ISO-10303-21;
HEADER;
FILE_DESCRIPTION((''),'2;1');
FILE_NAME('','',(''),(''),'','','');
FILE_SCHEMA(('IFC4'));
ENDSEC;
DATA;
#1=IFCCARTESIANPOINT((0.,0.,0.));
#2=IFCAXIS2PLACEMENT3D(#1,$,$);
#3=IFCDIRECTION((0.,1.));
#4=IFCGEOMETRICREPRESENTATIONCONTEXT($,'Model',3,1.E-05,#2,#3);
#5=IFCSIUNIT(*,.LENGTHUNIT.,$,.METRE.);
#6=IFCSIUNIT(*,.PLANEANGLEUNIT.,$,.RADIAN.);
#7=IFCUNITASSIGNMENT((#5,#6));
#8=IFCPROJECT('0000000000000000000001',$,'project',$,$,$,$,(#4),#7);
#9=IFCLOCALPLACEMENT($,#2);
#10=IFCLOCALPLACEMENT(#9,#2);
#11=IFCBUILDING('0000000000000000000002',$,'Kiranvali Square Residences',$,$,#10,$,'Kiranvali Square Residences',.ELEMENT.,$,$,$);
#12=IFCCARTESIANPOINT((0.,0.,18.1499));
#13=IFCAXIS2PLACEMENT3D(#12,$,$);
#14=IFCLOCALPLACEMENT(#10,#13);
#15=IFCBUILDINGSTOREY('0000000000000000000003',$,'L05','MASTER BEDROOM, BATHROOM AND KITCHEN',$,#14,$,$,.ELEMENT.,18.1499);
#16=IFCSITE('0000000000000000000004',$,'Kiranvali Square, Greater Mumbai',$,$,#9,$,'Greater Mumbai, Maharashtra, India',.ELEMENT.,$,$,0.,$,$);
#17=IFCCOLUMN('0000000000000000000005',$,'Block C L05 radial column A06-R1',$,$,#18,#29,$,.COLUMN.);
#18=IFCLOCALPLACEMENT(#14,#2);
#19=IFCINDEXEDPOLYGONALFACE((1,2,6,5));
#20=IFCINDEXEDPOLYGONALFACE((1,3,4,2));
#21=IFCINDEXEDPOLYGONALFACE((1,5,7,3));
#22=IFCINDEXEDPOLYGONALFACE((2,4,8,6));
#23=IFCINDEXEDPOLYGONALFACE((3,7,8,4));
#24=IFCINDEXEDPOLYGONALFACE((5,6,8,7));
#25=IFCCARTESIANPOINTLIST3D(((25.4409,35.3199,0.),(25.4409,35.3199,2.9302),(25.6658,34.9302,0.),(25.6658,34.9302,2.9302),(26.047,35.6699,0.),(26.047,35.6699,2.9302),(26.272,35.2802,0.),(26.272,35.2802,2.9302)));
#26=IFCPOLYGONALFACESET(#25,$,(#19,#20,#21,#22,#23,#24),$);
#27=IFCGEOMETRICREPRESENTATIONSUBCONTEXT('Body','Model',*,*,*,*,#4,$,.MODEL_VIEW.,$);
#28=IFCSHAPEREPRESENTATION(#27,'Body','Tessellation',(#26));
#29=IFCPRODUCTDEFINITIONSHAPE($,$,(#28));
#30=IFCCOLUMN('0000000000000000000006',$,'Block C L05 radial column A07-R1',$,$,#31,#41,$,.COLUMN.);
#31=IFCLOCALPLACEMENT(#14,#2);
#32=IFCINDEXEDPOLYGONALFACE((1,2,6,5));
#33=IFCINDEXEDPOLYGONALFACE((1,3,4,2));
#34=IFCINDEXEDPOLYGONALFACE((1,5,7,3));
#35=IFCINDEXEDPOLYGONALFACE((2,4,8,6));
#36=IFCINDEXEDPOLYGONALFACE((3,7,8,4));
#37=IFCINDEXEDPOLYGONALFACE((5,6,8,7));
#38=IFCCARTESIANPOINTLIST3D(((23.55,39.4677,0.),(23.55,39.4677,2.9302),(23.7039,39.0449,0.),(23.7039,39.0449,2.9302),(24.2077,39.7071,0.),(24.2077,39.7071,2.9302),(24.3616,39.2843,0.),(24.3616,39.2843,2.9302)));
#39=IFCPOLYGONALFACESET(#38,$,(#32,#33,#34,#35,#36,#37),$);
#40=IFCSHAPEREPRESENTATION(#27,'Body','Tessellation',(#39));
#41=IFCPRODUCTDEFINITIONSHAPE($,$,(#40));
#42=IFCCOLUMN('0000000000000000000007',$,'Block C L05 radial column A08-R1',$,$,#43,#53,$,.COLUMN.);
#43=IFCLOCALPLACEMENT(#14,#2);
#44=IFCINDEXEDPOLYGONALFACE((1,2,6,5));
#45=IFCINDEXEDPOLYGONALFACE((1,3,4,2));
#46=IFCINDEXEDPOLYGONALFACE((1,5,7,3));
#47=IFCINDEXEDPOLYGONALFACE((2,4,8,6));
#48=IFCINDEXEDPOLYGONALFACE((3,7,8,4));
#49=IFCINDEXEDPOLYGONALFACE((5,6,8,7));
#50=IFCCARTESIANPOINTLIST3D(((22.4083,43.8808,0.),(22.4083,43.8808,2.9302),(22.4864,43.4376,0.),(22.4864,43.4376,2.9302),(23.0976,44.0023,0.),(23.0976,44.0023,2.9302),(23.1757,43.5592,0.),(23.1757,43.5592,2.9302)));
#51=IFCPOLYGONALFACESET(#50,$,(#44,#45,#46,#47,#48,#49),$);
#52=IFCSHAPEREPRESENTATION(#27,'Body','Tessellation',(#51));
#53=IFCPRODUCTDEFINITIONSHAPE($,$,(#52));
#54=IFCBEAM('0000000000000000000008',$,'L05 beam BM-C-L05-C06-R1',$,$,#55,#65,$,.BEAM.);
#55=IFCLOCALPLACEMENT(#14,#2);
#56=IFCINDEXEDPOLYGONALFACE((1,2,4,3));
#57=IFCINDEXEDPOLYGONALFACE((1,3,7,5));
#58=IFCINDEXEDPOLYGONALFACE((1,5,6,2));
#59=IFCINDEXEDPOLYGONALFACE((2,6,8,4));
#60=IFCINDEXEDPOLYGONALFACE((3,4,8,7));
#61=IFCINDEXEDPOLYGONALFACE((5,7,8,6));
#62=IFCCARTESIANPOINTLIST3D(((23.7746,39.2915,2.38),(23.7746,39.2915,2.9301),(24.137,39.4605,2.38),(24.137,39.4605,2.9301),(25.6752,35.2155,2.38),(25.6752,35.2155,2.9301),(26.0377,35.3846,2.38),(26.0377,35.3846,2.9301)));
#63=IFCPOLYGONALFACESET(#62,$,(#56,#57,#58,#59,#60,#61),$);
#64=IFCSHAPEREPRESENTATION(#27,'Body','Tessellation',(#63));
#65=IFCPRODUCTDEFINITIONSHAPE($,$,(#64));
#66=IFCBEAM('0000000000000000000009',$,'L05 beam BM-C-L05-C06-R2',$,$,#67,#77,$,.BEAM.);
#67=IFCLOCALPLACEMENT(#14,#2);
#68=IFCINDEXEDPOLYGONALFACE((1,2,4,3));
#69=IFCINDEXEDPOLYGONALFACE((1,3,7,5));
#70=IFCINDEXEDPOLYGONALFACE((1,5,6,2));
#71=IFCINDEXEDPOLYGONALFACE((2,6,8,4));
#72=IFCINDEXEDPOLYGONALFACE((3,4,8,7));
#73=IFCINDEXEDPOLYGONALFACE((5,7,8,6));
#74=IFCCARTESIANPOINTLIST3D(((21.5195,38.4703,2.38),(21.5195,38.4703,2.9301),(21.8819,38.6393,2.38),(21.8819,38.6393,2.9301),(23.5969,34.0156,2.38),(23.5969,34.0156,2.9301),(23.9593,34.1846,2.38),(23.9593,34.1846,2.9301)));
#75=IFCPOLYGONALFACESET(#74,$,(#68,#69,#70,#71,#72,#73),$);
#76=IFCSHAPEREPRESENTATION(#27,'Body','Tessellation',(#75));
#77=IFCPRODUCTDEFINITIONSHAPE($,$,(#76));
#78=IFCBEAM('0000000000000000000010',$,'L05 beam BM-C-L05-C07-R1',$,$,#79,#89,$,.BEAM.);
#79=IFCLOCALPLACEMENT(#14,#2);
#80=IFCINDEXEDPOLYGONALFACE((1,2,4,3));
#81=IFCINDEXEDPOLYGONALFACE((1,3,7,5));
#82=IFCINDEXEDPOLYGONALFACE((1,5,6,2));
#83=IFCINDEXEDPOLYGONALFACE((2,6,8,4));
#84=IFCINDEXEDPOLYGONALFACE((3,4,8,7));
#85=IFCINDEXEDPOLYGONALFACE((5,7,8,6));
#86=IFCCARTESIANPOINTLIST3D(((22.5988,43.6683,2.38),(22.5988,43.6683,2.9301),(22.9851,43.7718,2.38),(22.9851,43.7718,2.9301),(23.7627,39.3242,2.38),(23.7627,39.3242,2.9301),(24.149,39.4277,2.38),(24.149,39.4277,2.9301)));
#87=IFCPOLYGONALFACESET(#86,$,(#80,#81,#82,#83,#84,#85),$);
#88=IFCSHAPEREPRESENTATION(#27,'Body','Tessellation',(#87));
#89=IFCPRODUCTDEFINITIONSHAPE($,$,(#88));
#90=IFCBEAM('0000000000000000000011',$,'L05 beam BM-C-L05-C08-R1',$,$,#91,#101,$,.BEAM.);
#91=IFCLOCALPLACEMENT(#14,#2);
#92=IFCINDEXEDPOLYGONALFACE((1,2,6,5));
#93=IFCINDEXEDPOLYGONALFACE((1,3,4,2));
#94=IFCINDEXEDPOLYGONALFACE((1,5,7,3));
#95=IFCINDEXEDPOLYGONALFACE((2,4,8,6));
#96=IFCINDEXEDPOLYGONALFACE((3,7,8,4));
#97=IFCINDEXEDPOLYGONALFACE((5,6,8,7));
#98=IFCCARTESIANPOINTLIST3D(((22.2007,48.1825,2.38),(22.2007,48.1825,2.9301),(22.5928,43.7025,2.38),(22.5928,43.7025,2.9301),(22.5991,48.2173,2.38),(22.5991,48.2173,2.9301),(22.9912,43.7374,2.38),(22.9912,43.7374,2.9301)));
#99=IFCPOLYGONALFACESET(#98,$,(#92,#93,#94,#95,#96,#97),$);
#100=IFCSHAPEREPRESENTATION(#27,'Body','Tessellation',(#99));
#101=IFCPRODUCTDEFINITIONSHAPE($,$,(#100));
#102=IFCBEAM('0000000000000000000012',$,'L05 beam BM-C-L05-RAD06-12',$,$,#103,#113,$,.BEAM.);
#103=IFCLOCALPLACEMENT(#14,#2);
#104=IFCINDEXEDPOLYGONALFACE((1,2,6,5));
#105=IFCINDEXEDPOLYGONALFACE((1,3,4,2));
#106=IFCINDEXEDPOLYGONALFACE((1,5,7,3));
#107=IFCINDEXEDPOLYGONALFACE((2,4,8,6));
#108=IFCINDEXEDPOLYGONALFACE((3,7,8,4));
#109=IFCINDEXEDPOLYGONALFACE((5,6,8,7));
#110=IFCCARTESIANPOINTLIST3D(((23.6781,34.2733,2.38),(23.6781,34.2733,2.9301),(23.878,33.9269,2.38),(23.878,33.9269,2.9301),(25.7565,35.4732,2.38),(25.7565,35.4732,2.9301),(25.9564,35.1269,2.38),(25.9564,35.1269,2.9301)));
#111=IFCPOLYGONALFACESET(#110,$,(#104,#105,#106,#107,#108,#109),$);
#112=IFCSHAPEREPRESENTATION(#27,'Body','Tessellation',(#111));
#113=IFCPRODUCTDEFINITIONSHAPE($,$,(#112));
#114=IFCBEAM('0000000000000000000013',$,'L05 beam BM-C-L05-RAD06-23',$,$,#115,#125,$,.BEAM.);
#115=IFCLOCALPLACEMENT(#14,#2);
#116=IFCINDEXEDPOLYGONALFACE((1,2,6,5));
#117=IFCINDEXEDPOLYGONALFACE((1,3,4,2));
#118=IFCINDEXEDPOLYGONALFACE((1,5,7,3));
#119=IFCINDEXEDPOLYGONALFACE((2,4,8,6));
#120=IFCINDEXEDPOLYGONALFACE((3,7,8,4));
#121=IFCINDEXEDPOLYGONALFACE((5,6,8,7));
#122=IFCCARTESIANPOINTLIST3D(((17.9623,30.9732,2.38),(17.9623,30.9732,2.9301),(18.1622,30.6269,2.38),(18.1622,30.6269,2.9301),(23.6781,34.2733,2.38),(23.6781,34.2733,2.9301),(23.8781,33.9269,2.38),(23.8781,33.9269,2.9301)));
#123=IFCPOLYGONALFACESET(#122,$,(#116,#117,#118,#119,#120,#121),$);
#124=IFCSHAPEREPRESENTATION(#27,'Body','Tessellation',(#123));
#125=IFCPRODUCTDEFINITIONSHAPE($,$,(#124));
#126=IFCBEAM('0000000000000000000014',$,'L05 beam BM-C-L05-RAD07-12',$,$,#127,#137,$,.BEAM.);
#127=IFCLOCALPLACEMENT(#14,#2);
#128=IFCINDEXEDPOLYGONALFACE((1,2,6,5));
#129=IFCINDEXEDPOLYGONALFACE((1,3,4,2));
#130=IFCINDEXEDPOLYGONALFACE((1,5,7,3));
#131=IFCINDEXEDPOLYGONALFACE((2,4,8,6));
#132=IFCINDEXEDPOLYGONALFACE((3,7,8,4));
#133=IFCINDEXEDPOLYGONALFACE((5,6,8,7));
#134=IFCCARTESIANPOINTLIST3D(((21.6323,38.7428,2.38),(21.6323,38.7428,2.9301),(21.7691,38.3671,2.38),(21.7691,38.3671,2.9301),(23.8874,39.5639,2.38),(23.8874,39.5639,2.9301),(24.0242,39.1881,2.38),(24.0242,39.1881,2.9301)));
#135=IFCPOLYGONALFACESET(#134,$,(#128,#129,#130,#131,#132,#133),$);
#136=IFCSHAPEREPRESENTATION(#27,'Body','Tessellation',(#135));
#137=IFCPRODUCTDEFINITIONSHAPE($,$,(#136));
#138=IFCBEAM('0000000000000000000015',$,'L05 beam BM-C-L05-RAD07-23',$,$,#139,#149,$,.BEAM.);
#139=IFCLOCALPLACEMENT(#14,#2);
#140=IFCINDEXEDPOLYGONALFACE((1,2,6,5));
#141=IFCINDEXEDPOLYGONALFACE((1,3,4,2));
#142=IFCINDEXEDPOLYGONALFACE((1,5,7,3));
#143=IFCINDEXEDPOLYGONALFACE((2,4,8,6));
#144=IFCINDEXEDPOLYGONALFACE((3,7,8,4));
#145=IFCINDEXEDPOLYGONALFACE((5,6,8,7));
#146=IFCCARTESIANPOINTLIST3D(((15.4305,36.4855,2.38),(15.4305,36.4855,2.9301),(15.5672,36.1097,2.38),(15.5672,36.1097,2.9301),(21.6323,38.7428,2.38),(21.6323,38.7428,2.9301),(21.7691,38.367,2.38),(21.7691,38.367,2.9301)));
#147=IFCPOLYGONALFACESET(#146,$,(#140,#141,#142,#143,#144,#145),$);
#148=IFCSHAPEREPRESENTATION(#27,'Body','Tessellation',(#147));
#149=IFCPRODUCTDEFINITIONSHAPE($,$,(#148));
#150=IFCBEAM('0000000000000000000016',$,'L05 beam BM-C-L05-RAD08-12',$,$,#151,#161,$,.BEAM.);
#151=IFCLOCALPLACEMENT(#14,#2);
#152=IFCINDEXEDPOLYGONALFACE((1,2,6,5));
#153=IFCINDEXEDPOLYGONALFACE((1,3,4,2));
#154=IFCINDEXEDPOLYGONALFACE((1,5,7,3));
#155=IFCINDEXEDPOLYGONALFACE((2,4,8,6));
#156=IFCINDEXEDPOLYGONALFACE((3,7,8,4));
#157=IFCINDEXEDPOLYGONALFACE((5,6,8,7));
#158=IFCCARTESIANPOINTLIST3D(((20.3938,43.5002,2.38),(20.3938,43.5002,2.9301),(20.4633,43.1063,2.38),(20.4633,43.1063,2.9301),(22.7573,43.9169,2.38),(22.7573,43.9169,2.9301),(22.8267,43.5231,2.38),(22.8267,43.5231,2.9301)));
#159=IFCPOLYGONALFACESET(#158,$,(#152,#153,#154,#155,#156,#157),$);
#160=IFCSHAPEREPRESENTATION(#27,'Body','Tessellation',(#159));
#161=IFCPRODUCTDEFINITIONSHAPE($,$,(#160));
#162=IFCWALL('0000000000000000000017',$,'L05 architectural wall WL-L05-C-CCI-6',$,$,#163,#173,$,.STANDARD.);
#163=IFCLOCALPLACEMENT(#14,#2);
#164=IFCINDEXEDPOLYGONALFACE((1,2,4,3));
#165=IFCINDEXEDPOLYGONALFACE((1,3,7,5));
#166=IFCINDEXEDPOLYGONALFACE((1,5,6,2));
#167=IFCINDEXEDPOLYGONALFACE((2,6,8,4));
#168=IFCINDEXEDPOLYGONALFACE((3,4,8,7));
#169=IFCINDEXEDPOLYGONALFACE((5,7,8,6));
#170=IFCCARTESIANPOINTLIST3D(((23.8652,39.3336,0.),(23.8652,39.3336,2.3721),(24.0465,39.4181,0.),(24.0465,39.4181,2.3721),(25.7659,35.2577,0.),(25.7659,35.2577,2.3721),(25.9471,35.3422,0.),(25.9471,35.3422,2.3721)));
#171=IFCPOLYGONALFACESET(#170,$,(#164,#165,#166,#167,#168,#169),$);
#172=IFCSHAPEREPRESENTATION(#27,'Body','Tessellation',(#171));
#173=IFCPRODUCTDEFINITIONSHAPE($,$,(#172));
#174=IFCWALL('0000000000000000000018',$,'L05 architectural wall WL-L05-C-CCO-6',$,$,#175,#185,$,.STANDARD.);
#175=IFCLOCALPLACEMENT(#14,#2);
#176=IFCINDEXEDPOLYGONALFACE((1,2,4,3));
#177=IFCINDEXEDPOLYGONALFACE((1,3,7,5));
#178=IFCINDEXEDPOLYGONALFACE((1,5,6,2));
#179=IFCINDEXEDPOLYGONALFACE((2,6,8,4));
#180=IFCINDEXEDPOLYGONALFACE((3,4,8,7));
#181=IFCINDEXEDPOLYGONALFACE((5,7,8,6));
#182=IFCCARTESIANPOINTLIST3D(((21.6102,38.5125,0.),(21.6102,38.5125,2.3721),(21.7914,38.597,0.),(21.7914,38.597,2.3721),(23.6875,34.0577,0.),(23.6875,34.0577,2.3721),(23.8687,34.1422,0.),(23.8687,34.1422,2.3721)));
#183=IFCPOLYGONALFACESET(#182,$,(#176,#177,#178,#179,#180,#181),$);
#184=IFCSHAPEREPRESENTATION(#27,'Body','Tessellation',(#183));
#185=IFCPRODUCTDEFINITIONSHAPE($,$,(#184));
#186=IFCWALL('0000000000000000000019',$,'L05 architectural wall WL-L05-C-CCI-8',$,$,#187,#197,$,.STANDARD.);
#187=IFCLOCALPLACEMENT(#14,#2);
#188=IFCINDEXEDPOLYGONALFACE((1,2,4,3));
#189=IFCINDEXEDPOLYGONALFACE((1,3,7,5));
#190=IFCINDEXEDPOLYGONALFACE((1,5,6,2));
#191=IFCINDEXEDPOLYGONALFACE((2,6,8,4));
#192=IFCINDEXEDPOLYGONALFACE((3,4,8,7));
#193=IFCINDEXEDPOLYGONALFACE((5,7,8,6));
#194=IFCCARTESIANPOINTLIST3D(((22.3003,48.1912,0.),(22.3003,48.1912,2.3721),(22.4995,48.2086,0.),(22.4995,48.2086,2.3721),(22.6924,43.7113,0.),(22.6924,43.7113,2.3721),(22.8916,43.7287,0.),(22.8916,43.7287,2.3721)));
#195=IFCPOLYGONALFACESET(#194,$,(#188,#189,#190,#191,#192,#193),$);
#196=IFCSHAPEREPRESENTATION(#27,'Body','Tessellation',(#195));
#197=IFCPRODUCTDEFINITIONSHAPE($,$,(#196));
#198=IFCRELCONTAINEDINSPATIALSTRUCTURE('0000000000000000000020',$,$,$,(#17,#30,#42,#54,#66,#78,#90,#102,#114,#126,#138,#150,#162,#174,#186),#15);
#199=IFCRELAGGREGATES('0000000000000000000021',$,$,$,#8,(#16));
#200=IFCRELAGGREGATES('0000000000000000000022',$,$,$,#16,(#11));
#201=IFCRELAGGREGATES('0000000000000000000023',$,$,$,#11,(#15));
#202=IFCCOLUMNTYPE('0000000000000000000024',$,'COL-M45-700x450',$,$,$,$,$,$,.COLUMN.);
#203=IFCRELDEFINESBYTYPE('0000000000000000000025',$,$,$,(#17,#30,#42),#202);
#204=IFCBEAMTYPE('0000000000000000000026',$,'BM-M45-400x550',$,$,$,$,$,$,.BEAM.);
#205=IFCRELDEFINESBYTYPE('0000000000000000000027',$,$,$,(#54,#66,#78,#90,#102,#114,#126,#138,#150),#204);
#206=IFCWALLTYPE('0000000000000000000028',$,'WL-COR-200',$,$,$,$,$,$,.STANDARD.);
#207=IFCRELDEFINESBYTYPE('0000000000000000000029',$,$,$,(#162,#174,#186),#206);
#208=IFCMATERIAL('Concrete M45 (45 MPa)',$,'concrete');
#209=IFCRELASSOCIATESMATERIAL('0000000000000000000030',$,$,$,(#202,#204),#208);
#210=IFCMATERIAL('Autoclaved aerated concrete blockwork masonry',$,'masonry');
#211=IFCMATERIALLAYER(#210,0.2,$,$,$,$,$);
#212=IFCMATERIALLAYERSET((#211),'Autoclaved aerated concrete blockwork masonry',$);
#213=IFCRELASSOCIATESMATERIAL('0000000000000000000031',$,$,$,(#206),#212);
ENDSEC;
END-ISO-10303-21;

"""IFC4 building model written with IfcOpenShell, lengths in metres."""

from ifc_helpers import new_model, si_unit, direction, frame, frame_2d, origin, origin_2d, place, context, subcontext, project, spatial, rectangle, extrude, material, layer, layer_set, material_profile, profile_set, type_object, element, save


model = new_model("IFC4")

# Units and contexts
model_context = context("Model", 3, precision=1e-05, world=origin(), true_north=direction((0.0, 1.0)))
body_context = subcontext(model_context, "Body", "Model", "MODEL_VIEW")
ifc_project = project(units=[si_unit("LENGTHUNIT", "METRE"), si_unit("PLANEANGLEUNIT", "RADIAN")], contexts=[model_context])

# Site, building, storey
site_placement = place(None, origin())
site = spatial("IfcSite", under=ifc_project, at=site_placement, Name="Kiranvali Square, Greater Mumbai", LongName="Greater Mumbai, Maharashtra, India", CompositionType="ELEMENT", RefElevation=0.0)
building_placement = place(site_placement, origin())
building = spatial("IfcBuilding", under=site, at=building_placement, Name="Kiranvali Square Residences", LongName="Kiranvali Square Residences", CompositionType="ELEMENT")
storey_placement = place(building_placement, frame((0.0, 0.0, 18.1499)))
storey = spatial("IfcBuildingStorey", under=building, at=storey_placement, Name="L05", Description="MASTER BEDROOM, BATHROOM AND KITCHEN", CompositionType="ELEMENT", Elevation=18.1499)

# Columns
ifc_material_1 = material(Name="Concrete M45 (45 MPa)", Category="concrete")
ifc_material_profile_1 = material_profile(ifc_material_1, rectangle(XDim=0.45, YDim=0.7, at=origin_2d()), Name="RC 700x450")
ifc_profile_set_1 = profile_set([ifc_material_profile_1], Name="Concrete M45 (45 MPa)")
column_type = type_object("IfcColumnType", Name="COL-M45-700x450", PredefinedType="COLUMN", material=ifc_profile_set_1)
for number, where, z_axis, x_axis, name in (
    (1, (25.8564, 35.3, 0.0), (0.0, 0.0, 1.0), (-0.5, 0.866025, 0.0), "Block C L05 radial column A06-R1"),
    (2, (23.9558, 39.376, 0.0), (0.0, 0.0, 1.0), (-0.34202, 0.939693, 0.0), "Block C L05 radial column A07-R1"),
    (3, (22.792, 43.72, 0.0), (0.0, 0.0, 1.0), (-0.173648, 0.984808, 0.0), "Block C L05 radial column A08-R1"),
):
    element("IfcColumn", number, at=place(storey_placement, frame(where, z_axis=z_axis, x_axis=x_axis)), inside=storey, type_object=column_type, Name=name, PredefinedType="COLUMN", context=body_context, shape_type="SweptSolid", body=[
        extrude(rectangle(XDim=0.45, YDim=0.7, at=origin_2d()), origin(), (0.0, 0.0, 1.0), 2.9302),
    ])

# Beams
ifc_material_profile_2 = material_profile(ifc_material_1, rectangle(XDim=0.3999, YDim=0.55, at=origin_2d()), Name="RC 400x550")
ifc_profile_set_2 = profile_set([ifc_material_profile_2], Name="Concrete M45 (45 MPa)")
beam_type = type_object("IfcBeamType", Name="BM-M45-400x550", PredefinedType="BEAM", material=ifc_profile_set_2)
beam_1_placement = place(storey_placement, frame((25.8564, 35.3, 2.655), z_axis=(-0.422618, 0.906308, 0.0), x_axis=(-0.906308, -0.422618, 0.0)))
element("IfcBeam", 4, at=beam_1_placement, inside=storey, type_object=beam_type, Name="L05 beam BM-C-L05-C06-R1", PredefinedType="BEAM", context=body_context, shape_type="SweptSolid", body=[
    extrude(rectangle(XDim=0.3999, YDim=0.55, at=origin_2d()), origin(), (0.0, 0.0, 1.0), 4.4973),
])
beam_2_placement = place(storey_placement, frame((23.7781, 34.1001, 2.655), z_axis=(-0.42263, 0.906302, 0.0), x_axis=(-0.906302, -0.42263, 0.0)))
element("IfcBeam", 5, at=beam_2_placement, inside=storey, type_object=beam_type, Name="L05 beam BM-C-L05-C06-R2", PredefinedType="BEAM", context=body_context, shape_type="SweptSolid", body=[
    extrude(rectangle(XDim=0.3999, YDim=0.55, at=origin_2d()), origin(), (0.0, 0.0, 1.0), 4.9153),
])
beam_3_placement = place(storey_placement, frame((23.9558, 39.376, 2.655), z_axis=(-0.258788, 0.965934, 0.0), x_axis=(-0.965934, -0.258788, 0.0)))
element("IfcBeam", 6, at=beam_3_placement, inside=storey, type_object=beam_type, Name="L05 beam BM-C-L05-C07-R1", PredefinedType="BEAM", context=body_context, shape_type="SweptSolid", body=[
    extrude(rectangle(XDim=0.3999, YDim=0.55, at=origin_2d()), origin(), (0.0, 0.0, 1.0), 4.4973),
])
beam_4_placement = place(storey_placement, frame((22.792, 43.72, 2.655), z_axis=(-0.087187, 0.996192, 0.0), x_axis=(-0.996192, -0.087187, 0.0)))
element("IfcBeam", 7, at=beam_4_placement, inside=storey, type_object=beam_type, Name="L05 beam BM-C-L05-C08-R1", PredefinedType="BEAM", context=body_context, shape_type="SweptSolid", body=[
    extrude(rectangle(XDim=0.3999, YDim=0.55, at=origin_2d()), origin(), (0.0, 0.0, 1.0), 4.4971),
])
beam_5_placement = place(storey_placement, frame((25.8564, 35.3, 2.655), z_axis=(-0.866025, -0.500001, 0.0), x_axis=(0.500001, -0.866025, 0.0)))
element("IfcBeam", 8, at=beam_5_placement, inside=storey, type_object=beam_type, Name="L05 beam BM-C-L05-RAD06-12", PredefinedType="BEAM", context=body_context, shape_type="SweptSolid", body=[
    extrude(rectangle(XDim=0.3999, YDim=0.55, at=origin_2d()), origin(), (0.0, 0.0, 1.0), 2.3999),
])
beam_6_placement = place(storey_placement, frame((23.7781, 34.1001, 2.655), z_axis=(-0.866024, -0.500002, 0.0), x_axis=(0.500002, -0.866024, 0.0)))
element("IfcBeam", 9, at=beam_6_placement, inside=storey, type_object=beam_type, Name="L05 beam BM-C-L05-RAD06-23", PredefinedType="BEAM", context=body_context, shape_type="SweptSolid", body=[
    extrude(rectangle(XDim=0.3999, YDim=0.55, at=origin_2d()), origin(), (0.0, 0.0, 1.0), 6.6001),
])
beam_7_placement = place(storey_placement, frame((23.9558, 39.376, 2.655), z_axis=(-0.93966, -0.342111, 0.0), x_axis=(0.342111, -0.93966, 0.0)))
element("IfcBeam", 10, at=beam_7_placement, inside=storey, type_object=beam_type, Name="L05 beam BM-C-L05-RAD07-12", PredefinedType="BEAM", context=body_context, shape_type="SweptSolid", body=[
    extrude(rectangle(XDim=0.3999, YDim=0.55, at=origin_2d()), origin(), (0.0, 0.0, 1.0), 2.3999),
])
beam_8_placement = place(storey_placement, frame((21.7007, 38.5549, 2.655), z_axis=(-0.939692, -0.342022, 0.0), x_axis=(0.342022, -0.939692, 0.0)))
element("IfcBeam", 11, at=beam_8_placement, inside=storey, type_object=beam_type, Name="L05 beam BM-C-L05-RAD07-23", PredefinedType="BEAM", context=body_context, shape_type="SweptSolid", body=[
    extrude(rectangle(XDim=0.3999, YDim=0.55, at=origin_2d()), origin(), (0.0, 0.0, 1.0), 6.5999),
])
beam_9_placement = place(storey_placement, frame((22.792, 43.72, 2.655), z_axis=(-0.984808, -0.173646, 0.0), x_axis=(0.173646, -0.984808, 0.0)))
element("IfcBeam", 12, at=beam_9_placement, inside=storey, type_object=beam_type, Name="L05 beam BM-C-L05-RAD08-12", PredefinedType="BEAM", context=body_context, shape_type="SweptSolid", body=[
    extrude(rectangle(XDim=0.3999, YDim=0.55, at=origin_2d()), origin(), (0.0, 0.0, 1.0), 2.3999),
])

# Walls
ifc_material_2 = material(Name="Autoclaved aerated concrete blockwork masonry", Category="masonry")
ifc_layer_1 = layer(ifc_material_2, 0.2)
ifc_layer_set_1 = layer_set([ifc_layer_1], Name="Autoclaved aerated concrete blockwork masonry")
wall_type_1 = type_object("IfcWallType", Name="WL-COR-200", PredefinedType="STANDARD", material=ifc_layer_set_1)
wall_1_placement = place(storey_placement, frame((25.8564, 35.3, 0.0), z_axis=(0.0, 0.0, 1.0), x_axis=(-0.422618, 0.906308, 0.0)))
element("IfcWall", 13, at=wall_1_placement, inside=storey, type_object=wall_type_1, Name="L05 architectural wall WL-L05-C-CCI-6", PredefinedType="STANDARD", context=body_context, shape_type="SweptSolid", body=[
    extrude(rectangle(XDim=4.4973, YDim=0.2, at=frame_2d((2.2485, 0.0))), origin(), (0.0, 0.0, 1.0), 2.3721),
])
wall_2_placement = place(storey_placement, frame((23.7781, 34.1001, 0.0), z_axis=(0.0, 0.0, 1.0), x_axis=(-0.42263, 0.906302, 0.0)))
element("IfcWall", 14, at=wall_2_placement, inside=storey, type_object=wall_type_1, Name="L05 architectural wall WL-L05-C-CCO-6", PredefinedType="STANDARD", context=body_context, shape_type="SweptSolid", body=[
    extrude(rectangle(XDim=4.9153, YDim=0.2, at=frame_2d((2.4575, 0.0))), origin(), (0.0, 0.0, 1.0), 2.3721),
])

# Wall
wall_3_placement = place(storey_placement, frame((22.792, 43.72, 0.0), z_axis=(0.0, 0.0, 1.0), x_axis=(-0.087187, 0.996192, 0.0)))
element("IfcWall", 15, at=wall_3_placement, inside=storey, type_object=wall_type_1, Name="L05 architectural wall WL-L05-C-CCI-8", PredefinedType="STANDARD", context=body_context, shape_type="SweptSolid", body=[
    extrude(rectangle(XDim=4.4971, YDim=0.2, at=frame_2d((2.2485, 0.0))), origin(), (0.0, 0.0, 1.0), 2.3721),
])

save(model, "model.ifc")
